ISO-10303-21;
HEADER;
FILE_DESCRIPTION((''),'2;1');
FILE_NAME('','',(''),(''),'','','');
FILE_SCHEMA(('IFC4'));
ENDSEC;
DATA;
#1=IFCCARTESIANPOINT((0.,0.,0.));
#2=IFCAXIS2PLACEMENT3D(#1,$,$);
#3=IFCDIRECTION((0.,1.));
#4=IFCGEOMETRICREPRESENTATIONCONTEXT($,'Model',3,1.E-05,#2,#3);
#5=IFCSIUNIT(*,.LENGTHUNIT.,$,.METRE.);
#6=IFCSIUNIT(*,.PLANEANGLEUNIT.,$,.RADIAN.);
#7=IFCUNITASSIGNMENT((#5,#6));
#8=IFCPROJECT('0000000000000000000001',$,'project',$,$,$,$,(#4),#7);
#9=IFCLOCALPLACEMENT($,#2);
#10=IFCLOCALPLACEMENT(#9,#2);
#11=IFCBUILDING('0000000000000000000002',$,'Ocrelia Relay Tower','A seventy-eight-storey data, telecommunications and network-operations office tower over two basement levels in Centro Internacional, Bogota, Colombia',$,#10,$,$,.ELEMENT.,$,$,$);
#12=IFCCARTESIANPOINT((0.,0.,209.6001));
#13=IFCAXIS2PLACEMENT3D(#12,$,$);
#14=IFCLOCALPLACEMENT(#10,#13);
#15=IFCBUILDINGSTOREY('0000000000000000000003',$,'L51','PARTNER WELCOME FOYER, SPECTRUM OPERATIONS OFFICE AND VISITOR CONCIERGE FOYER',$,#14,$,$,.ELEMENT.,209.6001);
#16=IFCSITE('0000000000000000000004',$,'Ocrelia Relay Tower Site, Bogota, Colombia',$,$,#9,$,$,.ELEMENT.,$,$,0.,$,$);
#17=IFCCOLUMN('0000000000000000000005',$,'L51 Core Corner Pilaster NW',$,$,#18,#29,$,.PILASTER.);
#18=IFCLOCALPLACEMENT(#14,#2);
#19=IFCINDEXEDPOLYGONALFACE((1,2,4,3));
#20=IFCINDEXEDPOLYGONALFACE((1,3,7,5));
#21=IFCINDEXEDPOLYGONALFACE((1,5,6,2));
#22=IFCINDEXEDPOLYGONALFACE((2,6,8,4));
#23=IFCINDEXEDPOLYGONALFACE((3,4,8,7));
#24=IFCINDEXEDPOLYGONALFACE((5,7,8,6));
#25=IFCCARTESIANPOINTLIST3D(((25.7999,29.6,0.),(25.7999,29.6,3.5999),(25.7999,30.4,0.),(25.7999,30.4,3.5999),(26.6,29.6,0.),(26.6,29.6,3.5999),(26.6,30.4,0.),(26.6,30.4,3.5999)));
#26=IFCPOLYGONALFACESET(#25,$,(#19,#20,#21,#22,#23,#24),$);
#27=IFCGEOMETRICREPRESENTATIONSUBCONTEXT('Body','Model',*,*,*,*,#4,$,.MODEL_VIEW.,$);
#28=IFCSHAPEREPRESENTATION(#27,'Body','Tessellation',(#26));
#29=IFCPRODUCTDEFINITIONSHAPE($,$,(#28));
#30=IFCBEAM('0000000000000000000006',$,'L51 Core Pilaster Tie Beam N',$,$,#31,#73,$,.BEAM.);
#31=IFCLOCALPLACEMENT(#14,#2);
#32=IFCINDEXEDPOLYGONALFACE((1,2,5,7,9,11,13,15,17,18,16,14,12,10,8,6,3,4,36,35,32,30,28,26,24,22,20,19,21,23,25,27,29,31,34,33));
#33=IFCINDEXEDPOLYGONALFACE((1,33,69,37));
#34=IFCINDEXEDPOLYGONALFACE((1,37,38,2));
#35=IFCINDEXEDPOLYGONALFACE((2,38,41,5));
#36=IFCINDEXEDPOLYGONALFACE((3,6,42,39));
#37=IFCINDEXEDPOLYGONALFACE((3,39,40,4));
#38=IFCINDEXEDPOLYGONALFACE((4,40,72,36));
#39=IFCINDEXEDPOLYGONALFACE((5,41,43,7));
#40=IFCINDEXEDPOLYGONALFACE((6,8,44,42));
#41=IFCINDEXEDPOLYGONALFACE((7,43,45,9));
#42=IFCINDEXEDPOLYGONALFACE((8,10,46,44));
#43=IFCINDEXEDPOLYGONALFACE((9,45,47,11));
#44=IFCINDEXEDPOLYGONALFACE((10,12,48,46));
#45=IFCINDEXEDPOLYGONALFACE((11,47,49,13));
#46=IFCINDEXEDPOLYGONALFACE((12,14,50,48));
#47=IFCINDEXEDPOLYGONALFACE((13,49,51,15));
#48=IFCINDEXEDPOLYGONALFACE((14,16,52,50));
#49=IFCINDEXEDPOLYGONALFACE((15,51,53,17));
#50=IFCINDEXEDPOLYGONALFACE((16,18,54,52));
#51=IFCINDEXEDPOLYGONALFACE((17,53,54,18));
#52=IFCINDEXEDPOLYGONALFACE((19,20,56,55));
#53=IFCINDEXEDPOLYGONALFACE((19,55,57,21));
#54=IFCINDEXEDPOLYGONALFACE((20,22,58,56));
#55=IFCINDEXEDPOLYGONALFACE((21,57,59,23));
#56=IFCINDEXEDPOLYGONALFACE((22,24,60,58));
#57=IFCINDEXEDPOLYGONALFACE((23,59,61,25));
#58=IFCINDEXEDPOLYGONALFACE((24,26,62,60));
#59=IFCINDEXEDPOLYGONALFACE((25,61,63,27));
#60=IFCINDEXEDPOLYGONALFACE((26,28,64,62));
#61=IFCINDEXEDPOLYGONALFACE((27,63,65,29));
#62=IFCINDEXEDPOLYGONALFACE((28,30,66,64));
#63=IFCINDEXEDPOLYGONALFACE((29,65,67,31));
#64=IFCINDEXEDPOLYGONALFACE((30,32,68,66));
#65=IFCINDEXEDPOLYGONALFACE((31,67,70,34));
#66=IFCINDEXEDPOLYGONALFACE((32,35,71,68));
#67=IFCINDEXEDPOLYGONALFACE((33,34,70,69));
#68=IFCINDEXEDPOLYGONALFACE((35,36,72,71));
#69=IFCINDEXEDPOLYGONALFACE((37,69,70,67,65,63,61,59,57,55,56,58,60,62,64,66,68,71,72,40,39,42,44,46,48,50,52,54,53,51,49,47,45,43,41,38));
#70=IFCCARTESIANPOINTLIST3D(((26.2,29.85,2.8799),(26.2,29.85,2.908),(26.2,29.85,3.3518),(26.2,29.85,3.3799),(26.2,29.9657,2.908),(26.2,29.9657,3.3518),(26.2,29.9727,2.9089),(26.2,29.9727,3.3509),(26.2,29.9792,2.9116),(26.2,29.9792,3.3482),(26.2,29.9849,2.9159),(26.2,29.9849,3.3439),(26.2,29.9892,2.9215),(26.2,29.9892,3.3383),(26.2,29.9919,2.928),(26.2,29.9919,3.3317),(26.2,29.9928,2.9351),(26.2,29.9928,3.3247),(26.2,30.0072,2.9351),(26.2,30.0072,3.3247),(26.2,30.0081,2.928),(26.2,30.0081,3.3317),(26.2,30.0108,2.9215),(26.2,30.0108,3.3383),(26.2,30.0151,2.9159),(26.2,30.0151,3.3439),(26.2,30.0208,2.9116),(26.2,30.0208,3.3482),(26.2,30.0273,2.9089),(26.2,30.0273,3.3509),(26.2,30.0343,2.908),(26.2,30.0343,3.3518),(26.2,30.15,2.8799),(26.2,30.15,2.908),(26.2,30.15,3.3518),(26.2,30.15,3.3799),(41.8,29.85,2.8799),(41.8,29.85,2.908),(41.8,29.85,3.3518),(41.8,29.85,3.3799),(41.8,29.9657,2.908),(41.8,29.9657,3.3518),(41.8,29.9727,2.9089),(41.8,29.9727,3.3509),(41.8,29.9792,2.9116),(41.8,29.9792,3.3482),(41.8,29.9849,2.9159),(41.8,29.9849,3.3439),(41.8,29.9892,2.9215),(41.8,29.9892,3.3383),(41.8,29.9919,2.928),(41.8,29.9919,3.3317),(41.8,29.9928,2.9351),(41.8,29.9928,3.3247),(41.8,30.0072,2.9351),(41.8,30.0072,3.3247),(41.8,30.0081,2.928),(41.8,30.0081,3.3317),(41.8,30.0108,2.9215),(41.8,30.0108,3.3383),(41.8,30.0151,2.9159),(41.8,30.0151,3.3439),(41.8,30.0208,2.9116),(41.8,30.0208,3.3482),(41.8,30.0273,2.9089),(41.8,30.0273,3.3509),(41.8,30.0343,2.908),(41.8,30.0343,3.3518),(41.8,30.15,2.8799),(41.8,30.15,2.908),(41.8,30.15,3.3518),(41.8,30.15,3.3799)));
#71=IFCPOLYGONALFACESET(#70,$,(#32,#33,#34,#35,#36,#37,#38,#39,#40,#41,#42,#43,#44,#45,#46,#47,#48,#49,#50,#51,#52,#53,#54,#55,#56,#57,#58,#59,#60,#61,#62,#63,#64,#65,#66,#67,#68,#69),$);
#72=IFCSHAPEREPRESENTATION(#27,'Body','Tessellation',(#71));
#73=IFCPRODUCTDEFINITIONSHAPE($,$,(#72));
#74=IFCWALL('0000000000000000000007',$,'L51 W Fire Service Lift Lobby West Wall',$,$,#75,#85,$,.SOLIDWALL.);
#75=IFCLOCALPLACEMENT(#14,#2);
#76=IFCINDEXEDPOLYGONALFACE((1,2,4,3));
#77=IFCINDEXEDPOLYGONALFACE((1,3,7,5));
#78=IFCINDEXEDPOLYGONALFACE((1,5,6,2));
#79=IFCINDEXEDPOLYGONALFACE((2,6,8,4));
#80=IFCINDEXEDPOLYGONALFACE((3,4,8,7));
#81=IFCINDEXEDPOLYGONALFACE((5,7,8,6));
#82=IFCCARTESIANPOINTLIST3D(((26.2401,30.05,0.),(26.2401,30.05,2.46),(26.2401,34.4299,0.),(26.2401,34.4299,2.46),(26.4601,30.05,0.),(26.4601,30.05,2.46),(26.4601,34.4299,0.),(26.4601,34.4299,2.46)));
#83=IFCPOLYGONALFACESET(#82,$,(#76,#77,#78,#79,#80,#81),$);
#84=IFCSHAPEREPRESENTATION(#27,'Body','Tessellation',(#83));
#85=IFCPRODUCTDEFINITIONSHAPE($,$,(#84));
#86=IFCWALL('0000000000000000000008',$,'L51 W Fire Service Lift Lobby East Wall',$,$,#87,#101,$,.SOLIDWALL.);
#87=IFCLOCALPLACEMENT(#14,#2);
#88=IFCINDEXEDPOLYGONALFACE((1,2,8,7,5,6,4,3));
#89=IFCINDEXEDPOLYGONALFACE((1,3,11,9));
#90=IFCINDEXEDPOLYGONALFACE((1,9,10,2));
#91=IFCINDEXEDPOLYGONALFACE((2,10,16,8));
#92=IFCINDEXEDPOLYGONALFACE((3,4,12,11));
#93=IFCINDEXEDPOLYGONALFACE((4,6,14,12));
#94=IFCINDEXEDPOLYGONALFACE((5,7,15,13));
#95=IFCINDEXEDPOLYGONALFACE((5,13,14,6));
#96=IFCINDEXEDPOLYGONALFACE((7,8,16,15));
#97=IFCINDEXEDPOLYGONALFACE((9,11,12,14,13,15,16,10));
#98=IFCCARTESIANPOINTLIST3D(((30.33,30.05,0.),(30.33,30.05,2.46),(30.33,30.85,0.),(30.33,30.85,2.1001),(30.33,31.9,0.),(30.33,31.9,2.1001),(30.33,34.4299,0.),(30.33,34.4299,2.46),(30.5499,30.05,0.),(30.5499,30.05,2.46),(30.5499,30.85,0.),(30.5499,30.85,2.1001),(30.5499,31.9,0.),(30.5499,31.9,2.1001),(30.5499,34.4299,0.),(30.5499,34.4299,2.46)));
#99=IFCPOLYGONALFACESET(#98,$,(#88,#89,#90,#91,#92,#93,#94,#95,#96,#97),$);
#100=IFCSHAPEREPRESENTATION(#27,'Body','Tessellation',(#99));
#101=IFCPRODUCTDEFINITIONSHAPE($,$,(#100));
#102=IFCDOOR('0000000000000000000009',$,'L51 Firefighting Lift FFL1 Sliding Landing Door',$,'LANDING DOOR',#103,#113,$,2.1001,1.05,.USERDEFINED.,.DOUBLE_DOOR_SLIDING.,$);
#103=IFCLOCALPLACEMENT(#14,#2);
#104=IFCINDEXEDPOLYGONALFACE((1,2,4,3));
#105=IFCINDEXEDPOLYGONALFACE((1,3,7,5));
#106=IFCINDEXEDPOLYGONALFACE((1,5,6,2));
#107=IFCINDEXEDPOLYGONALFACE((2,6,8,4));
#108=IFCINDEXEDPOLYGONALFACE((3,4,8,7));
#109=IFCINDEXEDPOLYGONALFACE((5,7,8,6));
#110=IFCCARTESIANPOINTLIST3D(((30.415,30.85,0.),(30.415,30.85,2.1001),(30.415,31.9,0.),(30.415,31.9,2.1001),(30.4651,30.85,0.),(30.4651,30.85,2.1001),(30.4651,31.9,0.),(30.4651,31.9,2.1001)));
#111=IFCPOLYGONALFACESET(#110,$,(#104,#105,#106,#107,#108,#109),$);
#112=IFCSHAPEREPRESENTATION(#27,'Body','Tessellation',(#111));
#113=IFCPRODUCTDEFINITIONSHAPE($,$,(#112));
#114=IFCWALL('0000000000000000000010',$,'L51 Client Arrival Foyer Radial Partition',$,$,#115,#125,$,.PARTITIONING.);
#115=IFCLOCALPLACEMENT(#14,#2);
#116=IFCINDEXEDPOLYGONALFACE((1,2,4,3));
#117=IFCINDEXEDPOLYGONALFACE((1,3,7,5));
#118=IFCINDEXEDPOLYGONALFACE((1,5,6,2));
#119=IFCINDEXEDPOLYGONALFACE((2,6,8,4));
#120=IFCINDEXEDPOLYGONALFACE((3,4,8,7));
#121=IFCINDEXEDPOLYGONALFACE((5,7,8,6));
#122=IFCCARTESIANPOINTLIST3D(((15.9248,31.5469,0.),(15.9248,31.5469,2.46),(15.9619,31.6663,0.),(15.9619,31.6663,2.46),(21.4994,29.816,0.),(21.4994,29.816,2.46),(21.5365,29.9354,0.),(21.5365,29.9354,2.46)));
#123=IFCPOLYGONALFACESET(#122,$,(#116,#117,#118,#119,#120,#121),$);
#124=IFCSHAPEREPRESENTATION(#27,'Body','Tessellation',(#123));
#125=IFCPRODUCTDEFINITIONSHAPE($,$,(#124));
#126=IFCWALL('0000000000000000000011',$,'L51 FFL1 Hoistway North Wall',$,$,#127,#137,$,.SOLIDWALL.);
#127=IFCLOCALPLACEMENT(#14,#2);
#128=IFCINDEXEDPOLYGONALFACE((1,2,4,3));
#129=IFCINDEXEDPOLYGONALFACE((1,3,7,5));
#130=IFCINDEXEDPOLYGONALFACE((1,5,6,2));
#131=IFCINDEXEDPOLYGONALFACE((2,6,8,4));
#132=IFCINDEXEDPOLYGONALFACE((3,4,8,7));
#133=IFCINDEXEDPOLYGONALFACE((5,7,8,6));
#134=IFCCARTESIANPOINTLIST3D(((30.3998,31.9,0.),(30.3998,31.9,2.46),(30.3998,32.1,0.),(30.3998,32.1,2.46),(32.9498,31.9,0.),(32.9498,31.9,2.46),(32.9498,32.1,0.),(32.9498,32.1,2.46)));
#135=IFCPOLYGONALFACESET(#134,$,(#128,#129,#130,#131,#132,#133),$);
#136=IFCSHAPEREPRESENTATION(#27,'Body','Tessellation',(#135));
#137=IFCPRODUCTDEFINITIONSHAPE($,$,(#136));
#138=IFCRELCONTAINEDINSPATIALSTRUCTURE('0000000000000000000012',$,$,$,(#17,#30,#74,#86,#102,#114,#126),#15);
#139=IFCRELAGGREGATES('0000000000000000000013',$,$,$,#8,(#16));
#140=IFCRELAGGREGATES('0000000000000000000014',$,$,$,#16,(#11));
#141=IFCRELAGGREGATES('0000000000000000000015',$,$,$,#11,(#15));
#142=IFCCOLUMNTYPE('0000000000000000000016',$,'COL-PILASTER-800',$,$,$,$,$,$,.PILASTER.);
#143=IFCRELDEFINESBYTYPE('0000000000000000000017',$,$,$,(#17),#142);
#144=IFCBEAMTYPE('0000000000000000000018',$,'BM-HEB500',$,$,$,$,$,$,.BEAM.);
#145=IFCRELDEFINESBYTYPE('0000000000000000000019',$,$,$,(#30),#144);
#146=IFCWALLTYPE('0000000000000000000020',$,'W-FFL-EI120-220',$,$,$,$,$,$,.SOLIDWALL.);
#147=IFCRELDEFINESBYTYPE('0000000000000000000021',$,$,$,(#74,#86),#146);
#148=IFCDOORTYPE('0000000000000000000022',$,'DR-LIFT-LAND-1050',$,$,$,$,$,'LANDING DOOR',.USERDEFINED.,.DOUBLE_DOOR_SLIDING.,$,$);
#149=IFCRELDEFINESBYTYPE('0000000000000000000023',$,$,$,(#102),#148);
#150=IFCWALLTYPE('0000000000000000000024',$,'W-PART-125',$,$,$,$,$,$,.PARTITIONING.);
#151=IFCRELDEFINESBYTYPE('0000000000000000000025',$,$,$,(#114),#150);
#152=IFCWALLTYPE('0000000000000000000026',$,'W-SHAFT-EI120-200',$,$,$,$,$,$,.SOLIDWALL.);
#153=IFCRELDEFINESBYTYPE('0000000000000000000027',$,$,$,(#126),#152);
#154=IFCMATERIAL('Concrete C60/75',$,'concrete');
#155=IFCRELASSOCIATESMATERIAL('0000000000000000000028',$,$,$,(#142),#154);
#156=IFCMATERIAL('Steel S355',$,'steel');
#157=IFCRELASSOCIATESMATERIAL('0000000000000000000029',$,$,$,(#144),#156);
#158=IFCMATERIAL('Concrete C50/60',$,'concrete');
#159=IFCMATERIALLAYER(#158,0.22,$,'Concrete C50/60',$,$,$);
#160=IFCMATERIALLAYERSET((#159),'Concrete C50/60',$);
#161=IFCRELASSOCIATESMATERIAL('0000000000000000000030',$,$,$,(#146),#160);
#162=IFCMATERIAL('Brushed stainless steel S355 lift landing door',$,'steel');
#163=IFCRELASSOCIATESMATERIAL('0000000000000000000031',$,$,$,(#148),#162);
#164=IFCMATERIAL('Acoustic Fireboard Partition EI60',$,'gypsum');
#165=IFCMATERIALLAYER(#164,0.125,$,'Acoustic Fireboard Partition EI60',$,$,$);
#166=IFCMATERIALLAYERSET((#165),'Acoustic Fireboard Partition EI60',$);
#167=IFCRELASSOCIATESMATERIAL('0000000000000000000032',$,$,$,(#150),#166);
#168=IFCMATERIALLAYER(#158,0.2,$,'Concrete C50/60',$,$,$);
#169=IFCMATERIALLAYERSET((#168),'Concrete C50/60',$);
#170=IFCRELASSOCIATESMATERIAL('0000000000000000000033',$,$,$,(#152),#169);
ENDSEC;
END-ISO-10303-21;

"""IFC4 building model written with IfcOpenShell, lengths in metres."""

from ifc_helpers import new_model, si_unit, direction, frame, frame_2d, origin, origin_2d, place, context, subcontext, project, spatial, rectangle, i_section, extrude, material, layer, layer_set, material_profile, profile_set, type_object, element, fill, save


model = new_model("IFC4")

# Units and contexts
model_context = context("Model", 3, precision=1e-05, world=origin(), true_north=direction((0.0, 1.0)))
body_context = subcontext(model_context, "Body", "Model", "MODEL_VIEW")
ifc_project = project(units=[si_unit("LENGTHUNIT", "METRE"), si_unit("PLANEANGLEUNIT", "RADIAN")], contexts=[model_context])

# Site, building, storey
site_placement = place(None, origin())
site = spatial("IfcSite", under=ifc_project, at=site_placement, Name="Ocrelia Relay Tower Site, Bogota, Colombia", CompositionType="ELEMENT", RefElevation=0.0)
building_placement = place(site_placement, origin())
building = spatial("IfcBuilding", under=site, at=building_placement, Name="Ocrelia Relay Tower", Description="A seventy-eight-storey data, telecommunications and network-operations office tower over two basement levels in Centro Internacional, Bogota, Colombia", CompositionType="ELEMENT")
storey_placement = place(building_placement, frame((0.0, 0.0, 209.6001)))
storey = spatial("IfcBuildingStorey", under=building, at=storey_placement, Name="L51", Description="PARTNER WELCOME FOYER, SPECTRUM OPERATIONS OFFICE AND VISITOR CONCIERGE FOYER", CompositionType="ELEMENT", Elevation=209.6001)

# Column
ifc_material_1 = material(Name="Concrete C60/75", Category="concrete")
ifc_material_profile_1 = material_profile(ifc_material_1, rectangle(XDim=0.8, YDim=0.8, at=origin_2d()), Name="RC-COL-800x800")
ifc_profile_set_1 = profile_set([ifc_material_profile_1], Name="Concrete C60/75")
column_type = type_object("IfcColumnType", Name="COL-PILASTER-800", PredefinedType="PILASTER", material=ifc_profile_set_1)
column_placement = place(storey_placement, frame((26.2, 30.0, 0.0), z_axis=(0.0, 0.0, 1.0), x_axis=(1.0, 0.0, 0.0)))
element("IfcColumn", 1, at=column_placement, inside=storey, type_object=column_type, Name="L51 Core Corner Pilaster NW", PredefinedType="PILASTER", context=body_context, shape_type="SweptSolid", body=[
    extrude(rectangle(XDim=0.8, YDim=0.8, at=origin_2d()), origin(), (0.0, 0.0, 1.0), 3.5999),
])

# Beam
ifc_material_2 = material(Name="Steel S355", Category="steel")
ifc_material_profile_2 = material_profile(ifc_material_2, i_section(OverallWidth=0.3, OverallDepth=0.5, WebThickness=0.0144, FlangeThickness=0.0281, FilletRadius=0.0271, at=origin_2d()), Name="HEB 500")
ifc_profile_set_2 = profile_set([ifc_material_profile_2], Name="Steel S355")
beam_type = type_object("IfcBeamType", Name="BM-HEB500", PredefinedType="BEAM", material=ifc_profile_set_2)
beam_placement = place(storey_placement, frame((26.2, 30.0, 3.1299), z_axis=(1.0, 0.0, 0.0), x_axis=(0.0, 1.0, 0.0)))
element("IfcBeam", 2, at=beam_placement, inside=storey, type_object=beam_type, Name="L51 Core Pilaster Tie Beam N", PredefinedType="BEAM", context=body_context, shape_type="SweptSolid", body=[
    extrude(i_section(OverallWidth=0.3, OverallDepth=0.5, WebThickness=0.0144, FlangeThickness=0.0281, FilletRadius=0.0271, at=origin_2d()), origin(), (0.0, 0.0, 1.0), 15.6001),
])

# Wall
ifc_material_3 = material(Name="Concrete C50/60", Category="concrete")
ifc_layer_1 = layer(ifc_material_3, 0.22, Name="Concrete C50/60")
ifc_layer_set_1 = layer_set([ifc_layer_1], Name="Concrete C50/60")
wall_type_1 = type_object("IfcWallType", Name="W-FFL-EI120-220", PredefinedType="SOLIDWALL", material=ifc_layer_set_1)
wall_1_placement = place(storey_placement, frame((26.3501, 30.05, 0.0), z_axis=(0.0, 0.0, 1.0), x_axis=(0.0, 1.0, 0.0)))
element("IfcWall", 3, at=wall_1_placement, inside=storey, type_object=wall_type_1, Name="L51 W Fire Service Lift Lobby West Wall", PredefinedType="SOLIDWALL", context=body_context, shape_type="SweptSolid", body=[
    extrude(rectangle(XDim=4.3799, YDim=0.22, at=frame_2d((2.1899, 0.0))), origin(), (0.0, 0.0, 1.0), 2.46),
])

# Wall, opening, door
wall_2_placement = place(storey_placement, frame((30.4399, 30.05, 0.0), z_axis=(0.0, 0.0, 1.0), x_axis=(0.0, 1.0, 0.0)))
wall_2 = element("IfcWall", 4, at=wall_2_placement, inside=storey, type_object=wall_type_1, Name="L51 W Fire Service Lift Lobby East Wall", PredefinedType="SOLIDWALL", context=body_context, shape_type="SweptSolid", body=[
    extrude(rectangle(XDim=4.3799, YDim=0.22, at=frame_2d((2.1899, 0.0))), origin(), (0.0, 0.0, 1.0), 2.46),
])
opening_1_placement = place(wall_2_placement, frame((0.8, 0.0, 0.0)))
opening_1 = element("IfcOpeningElement", 5, at=opening_1_placement, cuts=wall_2, PredefinedType="OPENING", context=body_context, shape_type="SweptSolid", body=[
    extrude(rectangle(XDim=1.05, YDim=2.1001, at=frame_2d((0.5249, 1.05))), frame((0.0, 0.1201, 0.0), z_axis=(0.0, -1.0, 0.0), x_axis=(1.0, 0.0, 0.0)), (0.0, 0.0, 1.0), 0.24),
])
ifc_material_4 = material(Name="Brushed stainless steel S355 lift landing door", Category="steel")
door_type_1 = type_object("IfcDoorType", Name="DR-LIFT-LAND-1050", ElementType="LANDING DOOR", OperationType="DOUBLE_DOOR_SLIDING", PredefinedType="USERDEFINED", material=ifc_material_4)
door_1_placement = place(opening_1_placement, origin())
door_1 = element("IfcDoor", 6, at=door_1_placement, inside=storey, type_object=door_type_1, Name="L51 Firefighting Lift FFL1 Sliding Landing Door", ObjectType="LANDING DOOR", OperationType="DOUBLE_DOOR_SLIDING", OverallHeight=2.1001, OverallWidth=1.05, PredefinedType="USERDEFINED", context=body_context, shape_type="SweptSolid", body=[
    extrude(rectangle(XDim=1.05, YDim=2.1001, at=frame_2d((0.5249, 1.05))), frame((0.0, 0.0249, 0.0), z_axis=(0.0, -1.0, 0.0), x_axis=(1.0, 0.0, 0.0)), (0.0, 0.0, 1.0), 0.05),
])
fill(opening_1, door_1)

# Walls
ifc_material_5 = material(Name="Acoustic Fireboard Partition EI60", Category="gypsum")
ifc_layer_2 = layer(ifc_material_5, 0.125, Name="Acoustic Fireboard Partition EI60")
ifc_layer_set_2 = layer_set([ifc_layer_2], Name="Acoustic Fireboard Partition EI60")
wall_type_2 = type_object("IfcWallType", Name="W-PART-125", PredefinedType="PARTITIONING", material=ifc_layer_set_2)
wall_3_placement = place(storey_placement, frame((21.5178, 29.8757, 0.0), z_axis=(0.0, 0.0, 1.0), x_axis=(-0.955022, 0.296536, 0.0)))
element("IfcWall", 7, at=wall_3_placement, inside=storey, type_object=wall_type_2, Name="L51 Client Arrival Foyer Radial Partition", PredefinedType="PARTITIONING", context=body_context, shape_type="SweptSolid", body=[
    extrude(rectangle(XDim=5.8372, YDim=0.125, at=frame_2d((2.9185, 0.0))), origin(), (0.0, 0.0, 1.0), 2.46),
])
ifc_layer_3 = layer(ifc_material_3, 0.2, Name="Concrete C50/60")
ifc_layer_set_3 = layer_set([ifc_layer_3], Name="Concrete C50/60")
wall_type_3 = type_object("IfcWallType", Name="W-SHAFT-EI120-200", PredefinedType="SOLIDWALL", material=ifc_layer_set_3)
wall_4_placement = place(storey_placement, frame((30.3999, 32.0, 0.0), z_axis=(0.0, 0.0, 1.0), x_axis=(1.0, 0.0, 0.0)))
element("IfcWall", 8, at=wall_4_placement, inside=storey, type_object=wall_type_3, Name="L51 FFL1 Hoistway North Wall", PredefinedType="SOLIDWALL", context=body_context, shape_type="SweptSolid", body=[
    extrude(rectangle(XDim=2.55, YDim=0.2, at=frame_2d((1.2749, 0.0))), origin(), (0.0, 0.0, 1.0), 2.46),
])

save(model, "model.ifc")
